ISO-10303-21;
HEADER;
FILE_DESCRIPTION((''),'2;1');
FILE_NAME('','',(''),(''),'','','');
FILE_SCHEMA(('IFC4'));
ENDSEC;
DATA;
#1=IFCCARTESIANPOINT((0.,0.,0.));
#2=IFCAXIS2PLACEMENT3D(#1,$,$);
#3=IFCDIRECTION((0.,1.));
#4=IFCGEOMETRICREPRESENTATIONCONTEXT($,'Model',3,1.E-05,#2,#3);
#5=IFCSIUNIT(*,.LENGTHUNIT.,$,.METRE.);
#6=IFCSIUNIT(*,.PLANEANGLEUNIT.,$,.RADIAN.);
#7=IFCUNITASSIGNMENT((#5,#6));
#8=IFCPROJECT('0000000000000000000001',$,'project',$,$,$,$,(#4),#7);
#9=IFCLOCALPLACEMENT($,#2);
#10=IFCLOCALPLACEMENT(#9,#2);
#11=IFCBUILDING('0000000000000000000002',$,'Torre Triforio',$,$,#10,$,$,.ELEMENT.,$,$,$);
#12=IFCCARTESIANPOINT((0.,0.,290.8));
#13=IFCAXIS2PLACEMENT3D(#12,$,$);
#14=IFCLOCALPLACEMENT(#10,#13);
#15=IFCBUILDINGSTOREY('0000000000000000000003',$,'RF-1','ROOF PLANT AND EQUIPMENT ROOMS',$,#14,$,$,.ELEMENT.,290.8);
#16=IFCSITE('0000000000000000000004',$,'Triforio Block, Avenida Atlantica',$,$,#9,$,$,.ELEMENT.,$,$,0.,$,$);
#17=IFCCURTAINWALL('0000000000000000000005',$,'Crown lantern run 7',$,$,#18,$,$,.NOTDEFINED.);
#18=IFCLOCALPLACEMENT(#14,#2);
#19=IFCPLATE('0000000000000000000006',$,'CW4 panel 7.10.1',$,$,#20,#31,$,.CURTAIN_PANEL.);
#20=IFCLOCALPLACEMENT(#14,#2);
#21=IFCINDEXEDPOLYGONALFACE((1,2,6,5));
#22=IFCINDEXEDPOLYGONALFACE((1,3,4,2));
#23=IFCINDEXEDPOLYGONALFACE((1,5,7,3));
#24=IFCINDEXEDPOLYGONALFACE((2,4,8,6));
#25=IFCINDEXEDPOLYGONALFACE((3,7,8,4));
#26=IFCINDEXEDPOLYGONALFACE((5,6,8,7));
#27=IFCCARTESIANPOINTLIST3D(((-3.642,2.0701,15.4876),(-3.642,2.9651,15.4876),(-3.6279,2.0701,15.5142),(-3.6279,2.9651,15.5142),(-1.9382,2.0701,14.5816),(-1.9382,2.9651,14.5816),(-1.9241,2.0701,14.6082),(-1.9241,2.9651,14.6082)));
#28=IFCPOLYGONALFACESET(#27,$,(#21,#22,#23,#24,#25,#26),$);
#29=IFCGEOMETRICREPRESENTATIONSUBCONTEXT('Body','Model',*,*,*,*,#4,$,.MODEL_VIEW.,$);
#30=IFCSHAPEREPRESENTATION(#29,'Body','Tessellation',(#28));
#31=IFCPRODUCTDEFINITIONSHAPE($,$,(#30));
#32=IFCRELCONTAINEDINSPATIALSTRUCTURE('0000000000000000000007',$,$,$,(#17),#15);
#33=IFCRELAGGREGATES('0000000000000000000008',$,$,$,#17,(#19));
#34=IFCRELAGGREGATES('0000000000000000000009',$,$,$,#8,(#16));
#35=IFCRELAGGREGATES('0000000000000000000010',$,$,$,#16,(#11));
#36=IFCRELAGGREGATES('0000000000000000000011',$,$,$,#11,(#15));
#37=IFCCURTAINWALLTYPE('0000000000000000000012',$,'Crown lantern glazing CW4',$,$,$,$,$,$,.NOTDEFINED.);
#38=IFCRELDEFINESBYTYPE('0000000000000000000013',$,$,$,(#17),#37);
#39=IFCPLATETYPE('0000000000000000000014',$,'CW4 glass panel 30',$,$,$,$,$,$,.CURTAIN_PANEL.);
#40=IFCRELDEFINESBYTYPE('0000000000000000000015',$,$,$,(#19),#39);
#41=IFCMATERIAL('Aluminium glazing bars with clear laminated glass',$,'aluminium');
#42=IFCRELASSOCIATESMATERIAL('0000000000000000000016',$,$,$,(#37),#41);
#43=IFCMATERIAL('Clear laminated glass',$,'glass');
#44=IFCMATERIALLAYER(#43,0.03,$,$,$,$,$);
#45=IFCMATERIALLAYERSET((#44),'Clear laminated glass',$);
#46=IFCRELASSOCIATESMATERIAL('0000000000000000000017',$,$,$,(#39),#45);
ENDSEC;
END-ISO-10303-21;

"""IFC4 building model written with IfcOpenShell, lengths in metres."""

from ifc_helpers import new_model, si_unit, direction, frame, origin, place, context, subcontext, project, spatial, polyline, outline, extrude, material, layer, layer_set, type_object, element, aggregate, save


model = new_model("IFC4")

# Units and contexts
model_context = context("Model", 3, precision=1e-05, world=origin(), true_north=direction((0.0, 1.0)))
body_context = subcontext(model_context, "Body", "Model", "MODEL_VIEW")
ifc_project = project(units=[si_unit("LENGTHUNIT", "METRE"), si_unit("PLANEANGLEUNIT", "RADIAN")], contexts=[model_context])

# Site, building, storey
site_placement = place(None, origin())
site = spatial("IfcSite", under=ifc_project, at=site_placement, Name="Triforio Block, Avenida Atlantica", CompositionType="ELEMENT", RefElevation=0.0)
building_placement = place(site_placement, origin())
building = spatial("IfcBuilding", under=site, at=building_placement, Name="Torre Triforio", CompositionType="ELEMENT")
storey_placement = place(building_placement, frame((0.0, 0.0, 290.8)))
storey = spatial("IfcBuildingStorey", under=building, at=storey_placement, Name="RF-1", Description="ROOF PLANT AND EQUIPMENT ROOMS", CompositionType="ELEMENT", Elevation=290.8)

# Curtain wall
ifc_material_1 = material(Name="Aluminium glazing bars with clear laminated glass", Category="aluminium")
curtain_wall_type = type_object("IfcCurtainWallType", Name="Crown lantern glazing CW4", PredefinedType="NOTDEFINED", material=ifc_material_1)
curtain_wall_1_placement = place(storey_placement, origin())
curtain_wall_1 = element("IfcCurtainWall", 1, at=curtain_wall_1_placement, inside=storey, type_object=curtain_wall_type, Name="Crown lantern run 7", PredefinedType="NOTDEFINED")

# Plate
ifc_material_2 = material(Name="Clear laminated glass", Category="glass")
ifc_layer = layer(ifc_material_2, 0.03)
ifc_layer_set = layer_set([ifc_layer], Name="Clear laminated glass")
plate_type = type_object("IfcPlateType", Name="CW4 glass panel 30", PredefinedType="CURTAIN_PANEL", material=ifc_layer_set)
plate_1_placement = place(storey_placement, frame((-1.9241, 2.0701, 14.6082), z_axis=(0.469491, 0.0, 0.882937), x_axis=(0.0, 1.0, 0.0)))
plate_1 = element("IfcPlate", 2, at=plate_1_placement, type_object=plate_type, Name="CW4 panel 7.10.1", PredefinedType="CURTAIN_PANEL", context=body_context, shape_type="SweptSolid", body=[
    extrude(outline(polyline([(0.0, 0.0), (0.895, 0.0), (0.895, 1.9298), (0.0, 1.9298), (0.0, 0.0)])), origin(), (0.0, 0.0, -1.0), 0.03),
])
aggregate(curtain_wall_1, [plate_1])

save(model, "model.ifc")
